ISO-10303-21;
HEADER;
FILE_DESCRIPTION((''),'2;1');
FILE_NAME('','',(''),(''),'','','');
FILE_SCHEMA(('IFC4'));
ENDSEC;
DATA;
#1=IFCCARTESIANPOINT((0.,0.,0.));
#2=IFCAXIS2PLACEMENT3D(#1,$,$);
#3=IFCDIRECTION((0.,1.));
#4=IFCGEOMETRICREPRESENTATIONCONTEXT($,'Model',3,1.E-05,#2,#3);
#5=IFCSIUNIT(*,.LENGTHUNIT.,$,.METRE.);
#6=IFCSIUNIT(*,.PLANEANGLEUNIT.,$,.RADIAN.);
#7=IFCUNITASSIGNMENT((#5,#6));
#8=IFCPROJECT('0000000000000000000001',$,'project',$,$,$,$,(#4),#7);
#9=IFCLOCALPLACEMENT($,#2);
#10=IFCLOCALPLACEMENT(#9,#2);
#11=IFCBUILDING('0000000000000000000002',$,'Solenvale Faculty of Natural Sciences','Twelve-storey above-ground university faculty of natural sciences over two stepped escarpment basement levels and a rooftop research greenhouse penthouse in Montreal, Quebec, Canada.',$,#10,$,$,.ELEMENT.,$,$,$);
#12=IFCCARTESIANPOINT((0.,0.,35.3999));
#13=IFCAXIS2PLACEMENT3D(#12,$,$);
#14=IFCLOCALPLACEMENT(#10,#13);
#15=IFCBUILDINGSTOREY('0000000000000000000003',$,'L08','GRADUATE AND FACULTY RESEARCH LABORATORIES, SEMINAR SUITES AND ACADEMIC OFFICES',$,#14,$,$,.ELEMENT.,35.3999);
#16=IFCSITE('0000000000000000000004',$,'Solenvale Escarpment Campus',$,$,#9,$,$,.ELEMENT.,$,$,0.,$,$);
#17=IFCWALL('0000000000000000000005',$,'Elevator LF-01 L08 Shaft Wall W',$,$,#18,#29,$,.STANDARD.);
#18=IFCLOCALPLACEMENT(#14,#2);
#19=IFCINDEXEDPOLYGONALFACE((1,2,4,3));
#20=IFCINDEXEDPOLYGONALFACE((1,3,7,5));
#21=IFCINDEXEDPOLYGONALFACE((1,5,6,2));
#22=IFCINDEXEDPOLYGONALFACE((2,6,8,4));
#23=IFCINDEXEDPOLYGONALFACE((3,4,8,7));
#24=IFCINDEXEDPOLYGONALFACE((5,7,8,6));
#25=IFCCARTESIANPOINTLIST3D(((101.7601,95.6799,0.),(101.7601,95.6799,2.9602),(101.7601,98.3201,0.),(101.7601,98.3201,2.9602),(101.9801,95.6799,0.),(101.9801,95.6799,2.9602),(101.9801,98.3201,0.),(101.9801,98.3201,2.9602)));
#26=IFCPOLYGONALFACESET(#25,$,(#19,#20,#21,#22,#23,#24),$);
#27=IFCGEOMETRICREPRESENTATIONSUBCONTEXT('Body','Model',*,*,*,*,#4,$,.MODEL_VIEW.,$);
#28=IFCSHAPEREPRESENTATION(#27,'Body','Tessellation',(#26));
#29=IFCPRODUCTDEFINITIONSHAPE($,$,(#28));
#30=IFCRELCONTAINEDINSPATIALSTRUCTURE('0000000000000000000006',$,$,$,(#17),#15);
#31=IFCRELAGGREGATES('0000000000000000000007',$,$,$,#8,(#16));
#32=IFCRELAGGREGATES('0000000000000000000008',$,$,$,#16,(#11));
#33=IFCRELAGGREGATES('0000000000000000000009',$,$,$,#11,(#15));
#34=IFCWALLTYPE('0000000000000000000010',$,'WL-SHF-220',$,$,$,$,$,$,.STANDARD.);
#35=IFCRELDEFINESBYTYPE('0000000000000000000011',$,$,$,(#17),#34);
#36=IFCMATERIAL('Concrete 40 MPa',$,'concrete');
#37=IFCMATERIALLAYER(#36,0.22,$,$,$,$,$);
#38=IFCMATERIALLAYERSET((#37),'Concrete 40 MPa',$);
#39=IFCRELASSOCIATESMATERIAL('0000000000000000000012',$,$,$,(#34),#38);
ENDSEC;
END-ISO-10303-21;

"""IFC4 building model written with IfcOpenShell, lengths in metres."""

from ifc_helpers import new_model, si_unit, direction, frame, frame_2d, origin, place, context, subcontext, project, spatial, rectangle, extrude, material, layer, layer_set, type_object, element, save


model = new_model("IFC4")

# Units and contexts
model_context = context("Model", 3, precision=1e-05, world=origin(), true_north=direction((0.0, 1.0)))
body_context = subcontext(model_context, "Body", "Model", "MODEL_VIEW")
ifc_project = project(units=[si_unit("LENGTHUNIT", "METRE"), si_unit("PLANEANGLEUNIT", "RADIAN")], contexts=[model_context])

# Site, building, storey
site_placement = place(None, origin())
site = spatial("IfcSite", under=ifc_project, at=site_placement, Name="Solenvale Escarpment Campus", CompositionType="ELEMENT", RefElevation=0.0)
building_placement = place(site_placement, origin())
building = spatial("IfcBuilding", under=site, at=building_placement, Name="Solenvale Faculty of Natural Sciences", Description="Twelve-storey above-ground university faculty of natural sciences over two stepped escarpment basement levels and a rooftop research greenhouse penthouse in Montreal, Quebec, Canada.", CompositionType="ELEMENT")
storey_placement = place(building_placement, frame((0.0, 0.0, 35.3999)))
storey = spatial("IfcBuildingStorey", under=building, at=storey_placement, Name="L08", Description="GRADUATE AND FACULTY RESEARCH LABORATORIES, SEMINAR SUITES AND ACADEMIC OFFICES", CompositionType="ELEMENT", Elevation=35.3999)

# Shared definitions
ifc_material_1 = material(Name="Concrete 40 MPa", Category="concrete")

# Shared definitions
ifc_layer_1 = layer(ifc_material_1, 0.22)
ifc_layer_set_1 = layer_set([ifc_layer_1], Name="Concrete 40 MPa")
wall_type_1 = type_object("IfcWallType", Name="WL-SHF-220", PredefinedType="STANDARD", material=ifc_layer_set_1)

# Wall
wall_1_placement = place(storey_placement, frame((101.8701, 95.6799, 0.0), z_axis=(0.0, 0.0, 1.0), x_axis=(0.0, 1.0, 0.0)))
element("IfcWall", 1, at=wall_1_placement, inside=storey, type_object=wall_type_1, Name="Elevator LF-01 L08 Shaft Wall W", PredefinedType="STANDARD", context=body_context, shape_type="SweptSolid", body=[
    extrude(rectangle(XDim=2.6401, YDim=0.22, at=frame_2d((1.3201, 0.0))), origin(), (0.0, 0.0, 1.0), 2.9602),
])

save(model, "model.ifc")
